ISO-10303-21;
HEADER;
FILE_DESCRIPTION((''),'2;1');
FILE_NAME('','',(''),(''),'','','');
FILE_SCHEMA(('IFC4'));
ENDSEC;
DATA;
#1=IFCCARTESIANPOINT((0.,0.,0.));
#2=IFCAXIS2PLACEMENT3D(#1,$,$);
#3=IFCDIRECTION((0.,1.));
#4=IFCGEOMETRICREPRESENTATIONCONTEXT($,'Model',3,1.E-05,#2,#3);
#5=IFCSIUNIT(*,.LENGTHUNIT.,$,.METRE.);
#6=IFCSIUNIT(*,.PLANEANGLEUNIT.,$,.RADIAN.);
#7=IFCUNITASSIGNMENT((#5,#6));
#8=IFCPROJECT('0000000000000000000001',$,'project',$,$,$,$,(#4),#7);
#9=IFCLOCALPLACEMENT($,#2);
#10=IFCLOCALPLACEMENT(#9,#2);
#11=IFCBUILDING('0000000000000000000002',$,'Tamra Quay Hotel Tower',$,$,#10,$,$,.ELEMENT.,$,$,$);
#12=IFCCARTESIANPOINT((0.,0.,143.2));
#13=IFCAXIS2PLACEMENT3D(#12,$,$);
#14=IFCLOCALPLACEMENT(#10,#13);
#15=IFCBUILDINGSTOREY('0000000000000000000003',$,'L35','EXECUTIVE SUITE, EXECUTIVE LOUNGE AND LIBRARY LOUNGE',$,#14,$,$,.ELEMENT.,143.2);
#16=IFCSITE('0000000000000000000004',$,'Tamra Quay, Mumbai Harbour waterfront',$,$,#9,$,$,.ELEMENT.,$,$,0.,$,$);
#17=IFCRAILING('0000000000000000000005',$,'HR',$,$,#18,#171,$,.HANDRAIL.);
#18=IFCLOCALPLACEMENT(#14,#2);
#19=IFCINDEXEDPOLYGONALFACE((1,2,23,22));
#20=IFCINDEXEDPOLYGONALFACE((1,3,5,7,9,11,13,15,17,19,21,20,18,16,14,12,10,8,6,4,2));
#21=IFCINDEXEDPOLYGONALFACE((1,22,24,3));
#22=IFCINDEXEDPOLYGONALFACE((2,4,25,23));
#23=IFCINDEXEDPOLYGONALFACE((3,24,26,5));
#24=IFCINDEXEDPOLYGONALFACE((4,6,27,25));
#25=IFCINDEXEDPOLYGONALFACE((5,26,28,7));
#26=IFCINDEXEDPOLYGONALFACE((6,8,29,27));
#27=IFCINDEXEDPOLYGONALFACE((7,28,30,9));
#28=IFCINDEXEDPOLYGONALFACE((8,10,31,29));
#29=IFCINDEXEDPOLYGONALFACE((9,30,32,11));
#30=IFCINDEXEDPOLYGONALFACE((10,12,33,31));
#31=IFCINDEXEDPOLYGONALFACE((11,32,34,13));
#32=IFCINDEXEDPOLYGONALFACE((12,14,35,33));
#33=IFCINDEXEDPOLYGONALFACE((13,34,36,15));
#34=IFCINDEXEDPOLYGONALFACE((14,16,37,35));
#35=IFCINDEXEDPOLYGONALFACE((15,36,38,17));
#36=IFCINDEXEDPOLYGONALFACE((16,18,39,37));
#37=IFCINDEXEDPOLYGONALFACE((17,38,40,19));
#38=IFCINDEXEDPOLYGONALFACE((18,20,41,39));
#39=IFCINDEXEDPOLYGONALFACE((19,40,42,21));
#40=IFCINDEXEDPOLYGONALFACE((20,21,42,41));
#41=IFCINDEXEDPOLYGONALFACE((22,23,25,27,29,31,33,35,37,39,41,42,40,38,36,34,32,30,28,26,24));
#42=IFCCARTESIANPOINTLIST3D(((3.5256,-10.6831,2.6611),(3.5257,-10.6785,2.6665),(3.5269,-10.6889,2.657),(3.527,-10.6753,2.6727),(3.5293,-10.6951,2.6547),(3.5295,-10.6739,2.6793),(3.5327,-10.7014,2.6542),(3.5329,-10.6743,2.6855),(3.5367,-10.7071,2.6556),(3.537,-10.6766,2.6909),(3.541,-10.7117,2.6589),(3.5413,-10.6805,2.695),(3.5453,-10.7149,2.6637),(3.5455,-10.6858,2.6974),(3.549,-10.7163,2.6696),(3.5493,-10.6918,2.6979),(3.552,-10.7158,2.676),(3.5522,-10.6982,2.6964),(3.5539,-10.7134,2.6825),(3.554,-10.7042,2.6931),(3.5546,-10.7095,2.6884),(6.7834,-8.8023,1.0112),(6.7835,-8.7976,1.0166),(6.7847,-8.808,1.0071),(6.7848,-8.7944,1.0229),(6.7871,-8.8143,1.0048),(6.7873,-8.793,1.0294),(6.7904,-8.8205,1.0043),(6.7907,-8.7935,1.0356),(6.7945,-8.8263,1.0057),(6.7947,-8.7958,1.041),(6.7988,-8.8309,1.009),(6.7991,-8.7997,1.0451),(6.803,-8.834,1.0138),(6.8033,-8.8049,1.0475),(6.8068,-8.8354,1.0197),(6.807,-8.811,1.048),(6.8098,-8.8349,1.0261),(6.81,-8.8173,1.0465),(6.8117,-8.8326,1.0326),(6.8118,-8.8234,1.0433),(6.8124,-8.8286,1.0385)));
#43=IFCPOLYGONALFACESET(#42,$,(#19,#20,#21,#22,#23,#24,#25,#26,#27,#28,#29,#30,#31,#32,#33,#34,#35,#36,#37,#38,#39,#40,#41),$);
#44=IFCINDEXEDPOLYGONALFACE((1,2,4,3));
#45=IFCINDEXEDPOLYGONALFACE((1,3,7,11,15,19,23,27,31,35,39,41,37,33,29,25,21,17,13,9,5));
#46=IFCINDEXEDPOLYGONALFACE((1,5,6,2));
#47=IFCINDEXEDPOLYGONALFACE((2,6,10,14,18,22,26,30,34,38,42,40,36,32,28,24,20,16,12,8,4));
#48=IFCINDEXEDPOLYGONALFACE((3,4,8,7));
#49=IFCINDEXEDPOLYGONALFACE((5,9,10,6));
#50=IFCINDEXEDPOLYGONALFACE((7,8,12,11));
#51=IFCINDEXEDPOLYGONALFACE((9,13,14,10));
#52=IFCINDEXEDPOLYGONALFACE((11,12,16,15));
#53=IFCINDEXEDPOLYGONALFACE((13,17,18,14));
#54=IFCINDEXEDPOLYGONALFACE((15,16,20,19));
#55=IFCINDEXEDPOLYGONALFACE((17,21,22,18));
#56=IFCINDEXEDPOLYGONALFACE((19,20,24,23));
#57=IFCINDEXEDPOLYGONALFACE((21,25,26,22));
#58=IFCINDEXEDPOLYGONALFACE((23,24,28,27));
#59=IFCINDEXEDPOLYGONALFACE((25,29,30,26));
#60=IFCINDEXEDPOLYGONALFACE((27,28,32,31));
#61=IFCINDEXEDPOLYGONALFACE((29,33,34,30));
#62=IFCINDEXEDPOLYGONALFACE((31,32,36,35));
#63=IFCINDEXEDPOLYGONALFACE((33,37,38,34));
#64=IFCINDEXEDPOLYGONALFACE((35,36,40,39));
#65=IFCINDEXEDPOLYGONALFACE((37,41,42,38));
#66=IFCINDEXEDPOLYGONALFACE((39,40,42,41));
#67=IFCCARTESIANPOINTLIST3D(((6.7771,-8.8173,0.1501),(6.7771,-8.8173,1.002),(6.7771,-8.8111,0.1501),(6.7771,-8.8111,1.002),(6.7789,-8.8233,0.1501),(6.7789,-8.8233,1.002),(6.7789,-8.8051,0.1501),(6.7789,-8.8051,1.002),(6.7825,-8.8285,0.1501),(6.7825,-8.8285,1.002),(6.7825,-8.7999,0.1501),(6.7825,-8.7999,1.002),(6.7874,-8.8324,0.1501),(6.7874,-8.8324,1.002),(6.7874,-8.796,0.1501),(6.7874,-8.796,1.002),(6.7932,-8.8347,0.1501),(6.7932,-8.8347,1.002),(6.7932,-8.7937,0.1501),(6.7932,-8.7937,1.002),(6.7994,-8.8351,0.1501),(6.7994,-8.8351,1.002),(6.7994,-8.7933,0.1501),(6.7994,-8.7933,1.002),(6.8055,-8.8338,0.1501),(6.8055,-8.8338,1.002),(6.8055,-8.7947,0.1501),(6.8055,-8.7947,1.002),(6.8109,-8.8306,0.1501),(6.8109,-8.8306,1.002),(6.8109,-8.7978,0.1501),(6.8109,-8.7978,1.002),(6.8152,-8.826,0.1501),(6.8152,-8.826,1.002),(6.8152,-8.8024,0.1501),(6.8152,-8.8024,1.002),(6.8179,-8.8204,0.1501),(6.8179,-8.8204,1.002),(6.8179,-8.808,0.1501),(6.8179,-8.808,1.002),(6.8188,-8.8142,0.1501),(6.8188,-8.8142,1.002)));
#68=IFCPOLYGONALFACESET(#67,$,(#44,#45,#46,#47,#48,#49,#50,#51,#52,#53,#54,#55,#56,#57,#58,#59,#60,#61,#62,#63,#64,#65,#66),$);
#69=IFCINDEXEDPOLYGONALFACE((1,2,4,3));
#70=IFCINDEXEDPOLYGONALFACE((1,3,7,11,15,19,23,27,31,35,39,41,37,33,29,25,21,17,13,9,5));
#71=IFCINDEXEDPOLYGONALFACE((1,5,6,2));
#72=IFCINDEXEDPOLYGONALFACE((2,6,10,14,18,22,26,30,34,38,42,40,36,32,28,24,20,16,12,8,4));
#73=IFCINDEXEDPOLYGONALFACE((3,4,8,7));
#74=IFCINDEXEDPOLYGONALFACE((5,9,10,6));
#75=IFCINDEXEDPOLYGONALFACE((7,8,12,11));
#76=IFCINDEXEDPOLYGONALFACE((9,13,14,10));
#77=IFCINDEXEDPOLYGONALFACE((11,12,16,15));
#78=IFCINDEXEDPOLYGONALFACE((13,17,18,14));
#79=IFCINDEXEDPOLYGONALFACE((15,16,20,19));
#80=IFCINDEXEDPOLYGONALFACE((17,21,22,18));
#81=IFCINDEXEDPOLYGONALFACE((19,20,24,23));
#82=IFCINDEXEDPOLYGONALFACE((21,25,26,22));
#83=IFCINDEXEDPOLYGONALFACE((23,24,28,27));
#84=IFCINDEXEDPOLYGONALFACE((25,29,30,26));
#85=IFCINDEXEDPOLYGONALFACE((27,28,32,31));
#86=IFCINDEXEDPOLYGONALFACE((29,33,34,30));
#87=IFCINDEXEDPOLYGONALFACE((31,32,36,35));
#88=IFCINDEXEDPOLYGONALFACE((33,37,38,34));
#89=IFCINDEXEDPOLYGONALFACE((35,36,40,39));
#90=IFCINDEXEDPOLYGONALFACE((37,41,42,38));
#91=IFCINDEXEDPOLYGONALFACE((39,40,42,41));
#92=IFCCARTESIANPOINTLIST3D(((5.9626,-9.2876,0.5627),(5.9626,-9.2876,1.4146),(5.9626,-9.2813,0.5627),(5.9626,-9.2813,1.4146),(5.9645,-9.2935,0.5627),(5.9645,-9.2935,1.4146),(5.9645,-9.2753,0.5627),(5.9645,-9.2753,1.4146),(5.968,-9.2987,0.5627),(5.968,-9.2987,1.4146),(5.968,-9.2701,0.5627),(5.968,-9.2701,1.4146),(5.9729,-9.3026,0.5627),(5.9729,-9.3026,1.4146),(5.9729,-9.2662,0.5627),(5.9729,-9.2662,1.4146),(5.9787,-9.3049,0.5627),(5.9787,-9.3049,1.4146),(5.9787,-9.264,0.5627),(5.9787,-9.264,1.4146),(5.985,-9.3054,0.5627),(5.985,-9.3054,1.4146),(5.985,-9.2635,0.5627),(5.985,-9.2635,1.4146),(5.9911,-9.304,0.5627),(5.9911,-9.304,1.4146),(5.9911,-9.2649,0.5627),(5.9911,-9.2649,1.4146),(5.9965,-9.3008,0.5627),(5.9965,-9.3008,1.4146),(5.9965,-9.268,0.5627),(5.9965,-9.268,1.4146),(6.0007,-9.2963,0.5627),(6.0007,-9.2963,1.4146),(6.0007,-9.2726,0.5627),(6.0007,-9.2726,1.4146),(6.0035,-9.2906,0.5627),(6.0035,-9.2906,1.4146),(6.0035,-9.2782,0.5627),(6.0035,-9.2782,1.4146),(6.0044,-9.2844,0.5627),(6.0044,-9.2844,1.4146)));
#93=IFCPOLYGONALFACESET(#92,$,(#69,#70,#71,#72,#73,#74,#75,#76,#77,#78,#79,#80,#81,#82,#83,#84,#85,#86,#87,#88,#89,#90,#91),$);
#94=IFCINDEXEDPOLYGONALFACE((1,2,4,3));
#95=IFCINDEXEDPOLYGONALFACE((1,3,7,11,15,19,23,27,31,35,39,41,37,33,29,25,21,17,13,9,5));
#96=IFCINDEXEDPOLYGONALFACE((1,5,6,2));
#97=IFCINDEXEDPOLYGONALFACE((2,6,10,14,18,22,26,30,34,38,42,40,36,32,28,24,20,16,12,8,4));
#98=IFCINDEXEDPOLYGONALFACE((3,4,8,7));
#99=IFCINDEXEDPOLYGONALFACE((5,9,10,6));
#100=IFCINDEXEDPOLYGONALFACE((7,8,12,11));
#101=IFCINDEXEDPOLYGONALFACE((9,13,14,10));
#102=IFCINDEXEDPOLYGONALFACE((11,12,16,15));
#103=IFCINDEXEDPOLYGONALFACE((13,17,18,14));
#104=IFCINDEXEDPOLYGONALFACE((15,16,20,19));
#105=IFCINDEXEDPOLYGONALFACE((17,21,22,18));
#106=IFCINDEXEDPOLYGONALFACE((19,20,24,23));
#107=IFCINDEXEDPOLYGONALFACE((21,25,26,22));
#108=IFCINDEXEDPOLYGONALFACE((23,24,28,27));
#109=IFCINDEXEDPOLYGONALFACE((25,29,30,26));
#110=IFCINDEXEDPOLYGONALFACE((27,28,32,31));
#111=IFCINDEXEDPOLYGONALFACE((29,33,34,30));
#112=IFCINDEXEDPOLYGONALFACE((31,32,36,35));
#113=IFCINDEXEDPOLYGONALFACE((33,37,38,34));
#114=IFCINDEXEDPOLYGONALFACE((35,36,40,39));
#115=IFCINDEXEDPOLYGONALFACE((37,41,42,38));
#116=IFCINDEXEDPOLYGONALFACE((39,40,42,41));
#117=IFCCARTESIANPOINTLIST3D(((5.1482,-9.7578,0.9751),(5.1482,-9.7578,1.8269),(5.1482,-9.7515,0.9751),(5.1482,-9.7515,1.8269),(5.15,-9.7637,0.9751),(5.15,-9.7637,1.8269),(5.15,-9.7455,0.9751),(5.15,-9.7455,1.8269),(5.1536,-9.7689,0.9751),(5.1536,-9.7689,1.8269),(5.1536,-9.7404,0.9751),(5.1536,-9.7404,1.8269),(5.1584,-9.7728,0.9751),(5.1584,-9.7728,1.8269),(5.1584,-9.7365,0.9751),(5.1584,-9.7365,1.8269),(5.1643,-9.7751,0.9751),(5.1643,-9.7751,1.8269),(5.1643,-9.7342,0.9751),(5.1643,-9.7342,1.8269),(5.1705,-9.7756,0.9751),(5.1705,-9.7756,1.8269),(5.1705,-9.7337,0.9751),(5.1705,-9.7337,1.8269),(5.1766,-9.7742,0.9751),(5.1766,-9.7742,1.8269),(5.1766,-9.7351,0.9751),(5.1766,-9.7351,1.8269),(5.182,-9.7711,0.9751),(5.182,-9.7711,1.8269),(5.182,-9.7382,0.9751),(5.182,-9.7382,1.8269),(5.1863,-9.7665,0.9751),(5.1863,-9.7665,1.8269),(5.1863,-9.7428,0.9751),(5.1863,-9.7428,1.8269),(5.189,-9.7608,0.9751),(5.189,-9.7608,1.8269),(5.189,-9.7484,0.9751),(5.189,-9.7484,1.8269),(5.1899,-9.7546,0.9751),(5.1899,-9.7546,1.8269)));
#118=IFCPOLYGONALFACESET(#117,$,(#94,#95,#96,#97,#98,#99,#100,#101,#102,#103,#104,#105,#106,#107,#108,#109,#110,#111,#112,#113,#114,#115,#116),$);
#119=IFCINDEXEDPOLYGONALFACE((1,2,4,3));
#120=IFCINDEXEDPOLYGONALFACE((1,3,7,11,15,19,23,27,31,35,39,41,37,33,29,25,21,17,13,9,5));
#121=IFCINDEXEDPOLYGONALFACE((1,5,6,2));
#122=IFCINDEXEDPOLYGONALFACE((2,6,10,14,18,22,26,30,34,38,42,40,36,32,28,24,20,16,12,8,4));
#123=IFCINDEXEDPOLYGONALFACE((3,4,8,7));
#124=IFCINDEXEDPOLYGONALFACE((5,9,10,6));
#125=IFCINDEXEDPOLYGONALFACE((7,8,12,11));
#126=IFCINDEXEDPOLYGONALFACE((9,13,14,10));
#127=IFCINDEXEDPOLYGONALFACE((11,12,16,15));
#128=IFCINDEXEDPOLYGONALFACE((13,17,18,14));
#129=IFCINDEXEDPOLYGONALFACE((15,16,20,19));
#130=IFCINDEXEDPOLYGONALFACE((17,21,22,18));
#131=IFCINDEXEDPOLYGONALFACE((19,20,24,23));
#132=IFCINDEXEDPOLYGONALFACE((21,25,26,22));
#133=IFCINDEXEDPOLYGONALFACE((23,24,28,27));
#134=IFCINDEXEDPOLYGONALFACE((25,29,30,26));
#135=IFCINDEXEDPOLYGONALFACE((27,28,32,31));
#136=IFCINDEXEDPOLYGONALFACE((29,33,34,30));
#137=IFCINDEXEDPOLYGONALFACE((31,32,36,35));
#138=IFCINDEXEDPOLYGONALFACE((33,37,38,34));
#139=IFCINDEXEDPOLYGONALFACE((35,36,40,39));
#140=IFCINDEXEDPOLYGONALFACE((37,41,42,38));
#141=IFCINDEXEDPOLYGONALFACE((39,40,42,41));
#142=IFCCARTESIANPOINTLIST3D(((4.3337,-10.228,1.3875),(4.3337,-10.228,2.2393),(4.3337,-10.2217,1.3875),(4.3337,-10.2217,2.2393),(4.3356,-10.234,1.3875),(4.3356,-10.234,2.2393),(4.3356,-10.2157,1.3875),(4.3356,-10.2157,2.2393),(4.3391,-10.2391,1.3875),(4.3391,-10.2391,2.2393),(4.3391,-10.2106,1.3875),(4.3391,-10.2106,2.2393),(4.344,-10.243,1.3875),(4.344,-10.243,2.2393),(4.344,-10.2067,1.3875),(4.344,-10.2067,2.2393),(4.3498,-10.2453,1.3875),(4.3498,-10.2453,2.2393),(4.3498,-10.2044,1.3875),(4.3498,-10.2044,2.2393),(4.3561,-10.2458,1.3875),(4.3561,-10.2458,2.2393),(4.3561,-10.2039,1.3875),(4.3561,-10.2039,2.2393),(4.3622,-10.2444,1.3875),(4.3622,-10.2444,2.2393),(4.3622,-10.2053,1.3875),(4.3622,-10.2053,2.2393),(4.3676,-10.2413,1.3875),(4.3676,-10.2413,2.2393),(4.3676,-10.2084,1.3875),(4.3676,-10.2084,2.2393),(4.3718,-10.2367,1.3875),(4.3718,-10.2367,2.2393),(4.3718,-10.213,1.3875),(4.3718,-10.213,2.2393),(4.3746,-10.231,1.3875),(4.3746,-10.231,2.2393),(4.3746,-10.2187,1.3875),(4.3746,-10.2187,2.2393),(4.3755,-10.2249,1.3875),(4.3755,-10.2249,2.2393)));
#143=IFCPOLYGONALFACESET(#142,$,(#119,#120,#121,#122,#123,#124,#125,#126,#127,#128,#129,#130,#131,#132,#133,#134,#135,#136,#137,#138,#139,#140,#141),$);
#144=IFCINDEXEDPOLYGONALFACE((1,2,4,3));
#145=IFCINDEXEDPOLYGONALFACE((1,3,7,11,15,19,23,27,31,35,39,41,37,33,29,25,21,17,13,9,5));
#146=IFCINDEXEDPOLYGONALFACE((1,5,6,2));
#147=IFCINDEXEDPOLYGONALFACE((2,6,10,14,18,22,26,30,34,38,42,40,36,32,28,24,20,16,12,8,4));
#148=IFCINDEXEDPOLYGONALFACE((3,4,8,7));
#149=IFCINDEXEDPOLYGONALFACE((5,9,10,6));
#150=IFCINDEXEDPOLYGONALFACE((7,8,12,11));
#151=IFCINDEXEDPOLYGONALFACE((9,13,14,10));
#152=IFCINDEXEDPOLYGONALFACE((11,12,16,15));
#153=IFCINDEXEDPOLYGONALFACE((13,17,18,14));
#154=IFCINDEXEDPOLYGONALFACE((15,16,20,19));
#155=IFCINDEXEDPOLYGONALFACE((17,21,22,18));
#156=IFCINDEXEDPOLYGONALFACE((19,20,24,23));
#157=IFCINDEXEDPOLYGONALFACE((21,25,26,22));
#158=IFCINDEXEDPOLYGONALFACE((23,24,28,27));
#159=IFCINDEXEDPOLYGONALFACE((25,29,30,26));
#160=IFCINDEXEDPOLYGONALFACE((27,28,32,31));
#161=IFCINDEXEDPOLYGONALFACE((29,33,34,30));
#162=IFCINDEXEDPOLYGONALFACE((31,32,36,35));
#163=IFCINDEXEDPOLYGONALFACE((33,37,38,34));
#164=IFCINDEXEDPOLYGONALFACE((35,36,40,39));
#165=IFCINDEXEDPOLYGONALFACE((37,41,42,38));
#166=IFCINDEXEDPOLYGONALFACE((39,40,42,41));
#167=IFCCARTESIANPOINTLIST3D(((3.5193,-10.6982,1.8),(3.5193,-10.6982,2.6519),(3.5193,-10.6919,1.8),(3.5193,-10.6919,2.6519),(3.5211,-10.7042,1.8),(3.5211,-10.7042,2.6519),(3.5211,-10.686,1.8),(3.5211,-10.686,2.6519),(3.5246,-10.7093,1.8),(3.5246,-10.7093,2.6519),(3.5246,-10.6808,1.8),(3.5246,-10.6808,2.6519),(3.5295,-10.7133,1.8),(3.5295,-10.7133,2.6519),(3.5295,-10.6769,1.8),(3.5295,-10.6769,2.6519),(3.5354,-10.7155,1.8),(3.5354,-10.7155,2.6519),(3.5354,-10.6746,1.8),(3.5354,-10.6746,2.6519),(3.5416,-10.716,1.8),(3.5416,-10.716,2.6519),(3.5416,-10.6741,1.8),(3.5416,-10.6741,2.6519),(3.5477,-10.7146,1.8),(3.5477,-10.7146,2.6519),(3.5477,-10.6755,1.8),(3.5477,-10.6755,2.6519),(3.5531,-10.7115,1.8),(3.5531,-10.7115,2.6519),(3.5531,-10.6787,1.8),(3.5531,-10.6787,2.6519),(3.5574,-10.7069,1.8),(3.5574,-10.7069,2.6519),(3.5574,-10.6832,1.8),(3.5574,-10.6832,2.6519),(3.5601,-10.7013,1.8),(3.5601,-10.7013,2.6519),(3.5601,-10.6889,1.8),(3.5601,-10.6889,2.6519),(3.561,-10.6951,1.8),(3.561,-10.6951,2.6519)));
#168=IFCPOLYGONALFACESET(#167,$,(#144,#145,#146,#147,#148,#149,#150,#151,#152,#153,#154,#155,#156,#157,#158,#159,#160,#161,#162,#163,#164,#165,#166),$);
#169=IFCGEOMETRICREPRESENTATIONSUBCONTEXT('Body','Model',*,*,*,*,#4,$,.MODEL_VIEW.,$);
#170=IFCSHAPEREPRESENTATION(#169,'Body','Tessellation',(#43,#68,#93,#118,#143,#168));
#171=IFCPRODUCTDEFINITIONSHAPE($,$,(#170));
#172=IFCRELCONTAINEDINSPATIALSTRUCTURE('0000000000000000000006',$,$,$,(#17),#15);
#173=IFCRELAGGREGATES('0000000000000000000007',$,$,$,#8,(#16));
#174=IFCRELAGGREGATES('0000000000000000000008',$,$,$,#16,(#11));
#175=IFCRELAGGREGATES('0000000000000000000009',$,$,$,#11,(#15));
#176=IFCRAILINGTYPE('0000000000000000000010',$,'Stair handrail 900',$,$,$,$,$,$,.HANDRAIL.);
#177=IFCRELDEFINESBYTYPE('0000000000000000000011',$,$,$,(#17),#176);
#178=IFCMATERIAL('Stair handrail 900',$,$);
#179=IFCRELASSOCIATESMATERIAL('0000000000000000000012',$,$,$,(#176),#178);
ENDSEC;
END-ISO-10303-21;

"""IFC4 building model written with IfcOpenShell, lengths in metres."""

from ifc_helpers import new_model, si_unit, direction, frame, origin, origin_2d, place, context, subcontext, project, spatial, circle, extrude, material, type_object, element, save


model = new_model("IFC4")

# Units and contexts
model_context = context("Model", 3, precision=1e-05, world=origin(), true_north=direction((0.0, 1.0)))
body_context = subcontext(model_context, "Body", "Model", "MODEL_VIEW")
ifc_project = project(units=[si_unit("LENGTHUNIT", "METRE"), si_unit("PLANEANGLEUNIT", "RADIAN")], contexts=[model_context])

# Site, building, storey
site_placement = place(None, origin())
site = spatial("IfcSite", under=ifc_project, at=site_placement, Name="Tamra Quay, Mumbai Harbour waterfront", CompositionType="ELEMENT", RefElevation=0.0)
building_placement = place(site_placement, origin())
building = spatial("IfcBuilding", under=site, at=building_placement, Name="Tamra Quay Hotel Tower", CompositionType="ELEMENT")
storey_placement = place(building_placement, frame((0.0, 0.0, 143.2)))
storey = spatial("IfcBuildingStorey", under=building, at=storey_placement, Name="L35", Description="EXECUTIVE SUITE, EXECUTIVE LOUNGE AND LIBRARY LOUNGE", CompositionType="ELEMENT", Elevation=143.2)

# Railing
ifc_material_1 = material(Name="Stair handrail 900")
railing_type_1 = type_object("IfcRailingType", Name="Stair handrail 900", PredefinedType="HANDRAIL", material=ifc_material_1)
railing_1_placement = place(storey_placement, frame((6.7979, -8.8142, 0.1501)))
element("IfcRailing", 1, at=railing_1_placement, inside=storey, type_object=railing_type_1, Name="HR", PredefinedType="HANDRAIL", context=body_context, shape_type="SweptSolid", body=[
    extrude(circle(Radius=0.0239, at=origin_2d()), frame((0.0, 0.0, 0.876), z_axis=(-0.7931, -0.457887, 0.401661), x_axis=(0.499992, -0.86603, 0.0)), (0.0, 0.0, 1.0), 4.1077),
    extrude(circle(Radius=0.021, at=origin_2d()), origin(), (0.0, 0.0, 1.0), 0.8518),
    extrude(circle(Radius=0.021, at=origin_2d()), frame((-0.8145, -0.4702, 0.4126)), (0.0, 0.0, 1.0), 0.8518),
    extrude(circle(Radius=0.021, at=origin_2d()), frame((-1.6289, -0.9404, 0.825)), (0.0, 0.0, 1.0), 0.8518),
    extrude(circle(Radius=0.021, at=origin_2d()), frame((-2.4434, -1.4106, 1.2373)), (0.0, 0.0, 1.0), 0.8518),
    extrude(circle(Radius=0.021, at=origin_2d()), frame((-3.2578, -1.8809, 1.6499)), (0.0, 0.0, 1.0), 0.8518),
])

save(model, "model.ifc")
